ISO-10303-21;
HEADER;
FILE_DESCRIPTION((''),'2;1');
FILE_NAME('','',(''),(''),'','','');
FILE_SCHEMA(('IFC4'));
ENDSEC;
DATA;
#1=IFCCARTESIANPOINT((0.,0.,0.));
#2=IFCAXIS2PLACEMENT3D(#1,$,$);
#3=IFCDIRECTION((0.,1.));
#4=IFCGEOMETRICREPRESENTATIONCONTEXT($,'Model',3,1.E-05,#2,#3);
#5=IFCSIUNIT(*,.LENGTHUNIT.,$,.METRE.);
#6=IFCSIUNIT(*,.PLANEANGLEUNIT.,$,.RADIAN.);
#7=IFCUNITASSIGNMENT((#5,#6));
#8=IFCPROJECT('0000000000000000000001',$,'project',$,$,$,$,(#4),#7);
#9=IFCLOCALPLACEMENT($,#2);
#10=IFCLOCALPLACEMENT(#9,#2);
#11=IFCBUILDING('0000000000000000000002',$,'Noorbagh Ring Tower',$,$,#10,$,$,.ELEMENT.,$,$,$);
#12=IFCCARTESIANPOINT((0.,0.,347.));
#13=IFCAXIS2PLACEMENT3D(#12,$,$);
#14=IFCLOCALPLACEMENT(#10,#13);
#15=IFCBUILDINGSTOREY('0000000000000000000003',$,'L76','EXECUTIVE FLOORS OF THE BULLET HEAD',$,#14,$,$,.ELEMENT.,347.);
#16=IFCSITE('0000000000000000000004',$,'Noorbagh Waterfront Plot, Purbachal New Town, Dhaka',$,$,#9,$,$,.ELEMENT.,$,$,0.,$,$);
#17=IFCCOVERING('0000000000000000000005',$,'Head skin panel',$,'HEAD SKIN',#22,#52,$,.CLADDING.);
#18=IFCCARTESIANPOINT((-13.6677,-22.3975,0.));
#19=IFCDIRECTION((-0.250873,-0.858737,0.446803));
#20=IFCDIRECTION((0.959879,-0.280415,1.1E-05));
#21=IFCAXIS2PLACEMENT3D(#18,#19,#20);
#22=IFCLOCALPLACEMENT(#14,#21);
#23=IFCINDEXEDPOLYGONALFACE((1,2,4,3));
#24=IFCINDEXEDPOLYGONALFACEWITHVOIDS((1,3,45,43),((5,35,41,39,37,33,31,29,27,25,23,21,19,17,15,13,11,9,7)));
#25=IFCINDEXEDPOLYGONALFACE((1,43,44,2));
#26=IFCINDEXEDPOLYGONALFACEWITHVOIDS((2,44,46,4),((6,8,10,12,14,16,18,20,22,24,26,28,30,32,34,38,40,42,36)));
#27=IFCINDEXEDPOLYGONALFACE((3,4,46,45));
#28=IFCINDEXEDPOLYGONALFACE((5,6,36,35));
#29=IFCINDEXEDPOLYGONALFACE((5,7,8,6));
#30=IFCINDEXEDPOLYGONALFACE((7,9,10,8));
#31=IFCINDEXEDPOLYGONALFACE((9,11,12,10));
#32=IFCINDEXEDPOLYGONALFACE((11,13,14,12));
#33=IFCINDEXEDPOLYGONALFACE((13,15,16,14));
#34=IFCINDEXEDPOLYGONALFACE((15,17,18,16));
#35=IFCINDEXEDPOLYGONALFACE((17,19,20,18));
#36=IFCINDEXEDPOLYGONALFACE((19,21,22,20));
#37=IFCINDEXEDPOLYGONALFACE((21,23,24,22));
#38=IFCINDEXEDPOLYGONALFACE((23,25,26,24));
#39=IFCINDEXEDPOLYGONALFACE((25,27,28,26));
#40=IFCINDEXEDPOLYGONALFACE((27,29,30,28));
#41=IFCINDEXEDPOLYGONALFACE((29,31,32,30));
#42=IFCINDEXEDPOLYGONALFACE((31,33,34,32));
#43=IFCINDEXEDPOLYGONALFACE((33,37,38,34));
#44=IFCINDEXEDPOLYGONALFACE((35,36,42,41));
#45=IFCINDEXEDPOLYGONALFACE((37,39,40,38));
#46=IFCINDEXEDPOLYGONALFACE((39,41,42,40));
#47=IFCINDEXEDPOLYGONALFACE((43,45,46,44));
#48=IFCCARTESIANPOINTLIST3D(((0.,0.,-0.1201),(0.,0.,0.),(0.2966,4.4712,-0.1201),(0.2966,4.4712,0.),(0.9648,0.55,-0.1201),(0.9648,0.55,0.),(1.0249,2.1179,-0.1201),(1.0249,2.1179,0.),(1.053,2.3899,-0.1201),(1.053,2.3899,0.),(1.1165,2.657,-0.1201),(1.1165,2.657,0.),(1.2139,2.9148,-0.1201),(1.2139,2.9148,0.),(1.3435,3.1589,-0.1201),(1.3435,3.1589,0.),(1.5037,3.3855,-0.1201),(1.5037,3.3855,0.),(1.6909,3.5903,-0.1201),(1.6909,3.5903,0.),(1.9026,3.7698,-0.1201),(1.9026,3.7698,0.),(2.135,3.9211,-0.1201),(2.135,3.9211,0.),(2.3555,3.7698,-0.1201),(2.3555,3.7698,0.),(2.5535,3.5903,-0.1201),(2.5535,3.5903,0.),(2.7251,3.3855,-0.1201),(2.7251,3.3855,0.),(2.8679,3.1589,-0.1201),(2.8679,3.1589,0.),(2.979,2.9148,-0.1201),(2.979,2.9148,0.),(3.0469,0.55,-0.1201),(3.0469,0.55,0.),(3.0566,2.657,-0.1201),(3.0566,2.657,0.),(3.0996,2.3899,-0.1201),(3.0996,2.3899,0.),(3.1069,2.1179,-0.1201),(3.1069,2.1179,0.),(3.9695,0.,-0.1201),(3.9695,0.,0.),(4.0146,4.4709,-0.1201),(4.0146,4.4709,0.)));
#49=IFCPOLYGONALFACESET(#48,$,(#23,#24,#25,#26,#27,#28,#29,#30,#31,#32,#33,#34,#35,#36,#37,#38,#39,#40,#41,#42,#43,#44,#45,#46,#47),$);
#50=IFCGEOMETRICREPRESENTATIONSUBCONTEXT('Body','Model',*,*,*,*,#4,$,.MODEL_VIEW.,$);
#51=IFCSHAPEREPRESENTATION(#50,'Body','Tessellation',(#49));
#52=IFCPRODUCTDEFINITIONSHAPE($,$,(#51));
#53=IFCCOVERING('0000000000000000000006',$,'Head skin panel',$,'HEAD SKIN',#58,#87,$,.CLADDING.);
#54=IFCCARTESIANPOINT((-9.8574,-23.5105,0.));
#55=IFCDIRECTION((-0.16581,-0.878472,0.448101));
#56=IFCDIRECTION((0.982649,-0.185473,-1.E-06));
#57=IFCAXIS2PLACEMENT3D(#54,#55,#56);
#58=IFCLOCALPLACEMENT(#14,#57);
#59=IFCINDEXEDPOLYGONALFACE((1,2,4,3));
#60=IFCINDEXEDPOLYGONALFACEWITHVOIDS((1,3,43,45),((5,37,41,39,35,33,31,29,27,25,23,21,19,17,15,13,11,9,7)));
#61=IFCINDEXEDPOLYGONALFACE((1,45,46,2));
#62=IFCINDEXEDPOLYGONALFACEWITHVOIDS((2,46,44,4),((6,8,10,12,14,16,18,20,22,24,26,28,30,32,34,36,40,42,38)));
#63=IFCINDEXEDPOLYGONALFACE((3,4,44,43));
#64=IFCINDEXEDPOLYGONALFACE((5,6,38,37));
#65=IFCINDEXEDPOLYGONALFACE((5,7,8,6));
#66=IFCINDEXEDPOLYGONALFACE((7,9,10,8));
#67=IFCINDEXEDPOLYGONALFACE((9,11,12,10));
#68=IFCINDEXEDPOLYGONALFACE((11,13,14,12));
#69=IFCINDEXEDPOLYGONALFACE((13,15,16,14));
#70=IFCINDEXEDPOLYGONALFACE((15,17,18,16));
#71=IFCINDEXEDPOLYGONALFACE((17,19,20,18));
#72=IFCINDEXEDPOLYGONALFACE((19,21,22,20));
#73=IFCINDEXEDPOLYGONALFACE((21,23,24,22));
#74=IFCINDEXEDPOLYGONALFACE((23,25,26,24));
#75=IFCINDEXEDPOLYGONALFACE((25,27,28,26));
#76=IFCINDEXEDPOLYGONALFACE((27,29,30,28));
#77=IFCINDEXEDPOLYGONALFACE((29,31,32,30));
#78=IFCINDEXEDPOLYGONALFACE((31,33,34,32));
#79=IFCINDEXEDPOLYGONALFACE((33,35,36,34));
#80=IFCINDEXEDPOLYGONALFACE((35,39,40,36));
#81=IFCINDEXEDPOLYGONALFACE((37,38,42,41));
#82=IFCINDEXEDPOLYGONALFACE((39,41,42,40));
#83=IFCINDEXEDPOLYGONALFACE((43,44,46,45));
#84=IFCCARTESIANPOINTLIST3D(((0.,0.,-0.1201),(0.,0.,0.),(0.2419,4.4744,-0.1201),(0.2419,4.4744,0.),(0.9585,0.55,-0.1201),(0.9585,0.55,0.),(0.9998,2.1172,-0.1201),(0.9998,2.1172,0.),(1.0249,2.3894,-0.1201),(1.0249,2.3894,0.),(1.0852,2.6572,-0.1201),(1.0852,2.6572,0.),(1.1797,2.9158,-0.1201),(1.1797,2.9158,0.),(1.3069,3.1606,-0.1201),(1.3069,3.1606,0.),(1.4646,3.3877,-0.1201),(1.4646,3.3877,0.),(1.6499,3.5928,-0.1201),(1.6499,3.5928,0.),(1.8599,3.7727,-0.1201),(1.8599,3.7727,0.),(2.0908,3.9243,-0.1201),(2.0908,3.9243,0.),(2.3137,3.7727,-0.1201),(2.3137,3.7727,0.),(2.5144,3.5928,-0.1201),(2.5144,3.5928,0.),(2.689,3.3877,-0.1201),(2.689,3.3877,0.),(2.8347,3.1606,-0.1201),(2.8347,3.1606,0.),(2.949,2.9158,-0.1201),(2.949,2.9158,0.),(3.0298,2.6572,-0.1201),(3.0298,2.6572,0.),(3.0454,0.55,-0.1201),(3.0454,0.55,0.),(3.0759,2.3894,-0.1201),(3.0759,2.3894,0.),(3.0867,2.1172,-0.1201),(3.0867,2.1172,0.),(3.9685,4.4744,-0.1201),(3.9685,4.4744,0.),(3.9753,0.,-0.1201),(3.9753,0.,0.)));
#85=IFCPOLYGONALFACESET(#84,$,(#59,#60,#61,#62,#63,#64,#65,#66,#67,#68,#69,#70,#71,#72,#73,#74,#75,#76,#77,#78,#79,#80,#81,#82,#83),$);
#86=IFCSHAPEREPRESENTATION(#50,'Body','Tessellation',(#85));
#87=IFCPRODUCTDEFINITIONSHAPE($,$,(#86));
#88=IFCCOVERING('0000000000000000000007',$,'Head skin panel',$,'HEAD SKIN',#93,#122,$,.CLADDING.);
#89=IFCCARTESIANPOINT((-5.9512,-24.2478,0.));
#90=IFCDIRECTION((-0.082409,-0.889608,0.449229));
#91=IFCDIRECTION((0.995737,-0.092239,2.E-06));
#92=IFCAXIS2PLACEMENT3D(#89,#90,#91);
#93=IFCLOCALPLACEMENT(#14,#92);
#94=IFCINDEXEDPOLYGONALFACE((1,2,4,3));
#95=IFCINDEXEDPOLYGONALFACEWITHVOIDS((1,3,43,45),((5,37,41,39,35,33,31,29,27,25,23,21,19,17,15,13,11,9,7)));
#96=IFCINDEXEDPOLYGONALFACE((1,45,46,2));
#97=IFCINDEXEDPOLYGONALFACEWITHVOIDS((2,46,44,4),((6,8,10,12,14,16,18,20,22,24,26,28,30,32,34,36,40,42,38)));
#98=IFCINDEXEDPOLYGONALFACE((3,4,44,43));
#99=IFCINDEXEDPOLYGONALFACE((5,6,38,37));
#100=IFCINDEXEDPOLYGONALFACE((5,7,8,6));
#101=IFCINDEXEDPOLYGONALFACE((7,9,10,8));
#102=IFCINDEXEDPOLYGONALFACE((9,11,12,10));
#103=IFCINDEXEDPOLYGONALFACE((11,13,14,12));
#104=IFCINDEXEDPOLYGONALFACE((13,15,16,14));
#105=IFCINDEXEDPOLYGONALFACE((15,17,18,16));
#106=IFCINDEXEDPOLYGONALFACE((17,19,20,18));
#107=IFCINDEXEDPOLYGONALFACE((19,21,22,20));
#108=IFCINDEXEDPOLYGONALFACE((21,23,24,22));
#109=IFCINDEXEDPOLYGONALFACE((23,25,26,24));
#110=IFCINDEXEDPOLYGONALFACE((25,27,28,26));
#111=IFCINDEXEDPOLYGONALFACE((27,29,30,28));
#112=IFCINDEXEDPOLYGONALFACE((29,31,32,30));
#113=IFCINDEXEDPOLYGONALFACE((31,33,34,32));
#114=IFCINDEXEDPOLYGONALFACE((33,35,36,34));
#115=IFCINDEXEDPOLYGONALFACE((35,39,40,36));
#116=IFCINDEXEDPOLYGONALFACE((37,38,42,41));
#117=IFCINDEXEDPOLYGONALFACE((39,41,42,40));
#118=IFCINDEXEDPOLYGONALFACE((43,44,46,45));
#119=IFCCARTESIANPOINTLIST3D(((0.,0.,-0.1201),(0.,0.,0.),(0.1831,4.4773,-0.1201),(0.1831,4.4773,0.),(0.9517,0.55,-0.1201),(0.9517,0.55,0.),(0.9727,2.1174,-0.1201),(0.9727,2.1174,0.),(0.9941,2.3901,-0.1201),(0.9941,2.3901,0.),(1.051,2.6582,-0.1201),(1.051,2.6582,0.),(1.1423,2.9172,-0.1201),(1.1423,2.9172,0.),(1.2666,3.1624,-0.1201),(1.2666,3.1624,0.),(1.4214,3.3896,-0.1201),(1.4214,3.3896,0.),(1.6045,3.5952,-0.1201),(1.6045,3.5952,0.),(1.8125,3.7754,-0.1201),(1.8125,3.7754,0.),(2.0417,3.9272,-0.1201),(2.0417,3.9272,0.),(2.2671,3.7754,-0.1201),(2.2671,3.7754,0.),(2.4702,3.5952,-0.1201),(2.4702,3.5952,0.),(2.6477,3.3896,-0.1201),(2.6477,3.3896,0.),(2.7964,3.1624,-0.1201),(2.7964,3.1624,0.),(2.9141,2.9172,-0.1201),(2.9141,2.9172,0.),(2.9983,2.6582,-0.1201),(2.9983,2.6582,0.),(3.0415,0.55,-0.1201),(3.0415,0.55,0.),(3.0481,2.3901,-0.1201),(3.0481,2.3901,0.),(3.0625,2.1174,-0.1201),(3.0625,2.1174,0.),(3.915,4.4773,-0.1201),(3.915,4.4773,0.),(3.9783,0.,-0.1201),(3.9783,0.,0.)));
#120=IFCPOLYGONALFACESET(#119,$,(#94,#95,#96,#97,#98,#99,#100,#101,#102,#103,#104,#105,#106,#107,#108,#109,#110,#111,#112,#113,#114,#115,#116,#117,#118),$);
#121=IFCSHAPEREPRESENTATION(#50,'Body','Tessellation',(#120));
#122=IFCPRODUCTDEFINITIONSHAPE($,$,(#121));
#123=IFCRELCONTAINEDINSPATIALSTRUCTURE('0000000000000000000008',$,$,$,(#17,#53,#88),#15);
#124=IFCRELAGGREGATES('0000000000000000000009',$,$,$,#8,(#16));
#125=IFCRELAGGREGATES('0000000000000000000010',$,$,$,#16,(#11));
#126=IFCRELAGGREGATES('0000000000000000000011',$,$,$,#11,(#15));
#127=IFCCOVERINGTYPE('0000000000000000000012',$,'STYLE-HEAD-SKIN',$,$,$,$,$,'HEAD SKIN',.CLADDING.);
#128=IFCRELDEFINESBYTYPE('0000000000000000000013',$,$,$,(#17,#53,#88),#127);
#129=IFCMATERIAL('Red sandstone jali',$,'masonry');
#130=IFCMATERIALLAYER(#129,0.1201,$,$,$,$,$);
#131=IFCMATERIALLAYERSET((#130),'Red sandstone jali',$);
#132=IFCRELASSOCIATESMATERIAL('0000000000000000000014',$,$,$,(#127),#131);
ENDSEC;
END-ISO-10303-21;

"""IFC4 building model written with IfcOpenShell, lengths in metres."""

from ifc_helpers import new_model, si_unit, direction, frame, origin, place, context, subcontext, project, spatial, polyline, outline, extrude, material, layer, layer_set, type_object, element, save


model = new_model("IFC4")

# Units and contexts
model_context = context("Model", 3, precision=1e-05, world=origin(), true_north=direction((0.0, 1.0)))
body_context = subcontext(model_context, "Body", "Model", "MODEL_VIEW")
ifc_project = project(units=[si_unit("LENGTHUNIT", "METRE"), si_unit("PLANEANGLEUNIT", "RADIAN")], contexts=[model_context])

# Site, building, storey
site_placement = place(None, origin())
site = spatial("IfcSite", under=ifc_project, at=site_placement, Name="Noorbagh Waterfront Plot, Purbachal New Town, Dhaka", CompositionType="ELEMENT", RefElevation=0.0)
building_placement = place(site_placement, origin())
building = spatial("IfcBuilding", under=site, at=building_placement, Name="Noorbagh Ring Tower", CompositionType="ELEMENT")
storey_placement = place(building_placement, frame((0.0, 0.0, 347.0)))
storey = spatial("IfcBuildingStorey", under=building, at=storey_placement, Name="L76", Description="EXECUTIVE FLOORS OF THE BULLET HEAD", CompositionType="ELEMENT", Elevation=347.0)

# Coverings
ifc_material_1 = material(Name="Red sandstone jali", Category="masonry")
ifc_layer_1 = layer(ifc_material_1, 0.1201)
ifc_layer_set_1 = layer_set([ifc_layer_1], Name="Red sandstone jali")
covering_type_1 = type_object("IfcCoveringType", Name="STYLE-HEAD-SKIN", ElementType="HEAD SKIN", PredefinedType="CLADDING", material=ifc_layer_set_1)
covering_1_placement = place(storey_placement, frame((-13.6677, -22.3975, 0.0), z_axis=(-0.250873, -0.858737, 0.446803), x_axis=(0.959879, -0.280415, 0.000011)))
element("IfcCovering", 1, at=covering_1_placement, inside=storey, type_object=covering_type_1, Name="Head skin panel", ObjectType="HEAD SKIN", PredefinedType="CLADDING", context=body_context, shape_type="SweptSolid", body=[
    extrude(outline(polyline([(0.0, 0.0), (3.9695, 0.0), (4.0146, 4.4709), (0.2966, 4.4712), (0.0, 0.0)]), holes=[polyline([(0.9648, 0.55), (1.0249, 2.1179), (1.053, 2.3899), (1.1165, 2.657), (1.2139, 2.9148), (1.3435, 3.1589), (1.5037, 3.3855), (1.6909, 3.5903), (1.9026, 3.7698), (2.135, 3.9211), (2.3555, 3.7698), (2.5535, 3.5903), (2.7251, 3.3855), (2.8679, 3.1589), (2.979, 2.9148), (3.0566, 2.657), (3.0996, 2.3899), (3.1069, 2.1179), (3.0469, 0.55), (0.9648, 0.55)])]), origin(), (0.0, 0.0, -1.0), 0.1201),
])
covering_2_placement = place(storey_placement, frame((-9.8574, -23.5105, 0.0), z_axis=(-0.16581, -0.878472, 0.448101), x_axis=(0.982649, -0.185473, -0.000001)))
element("IfcCovering", 2, at=covering_2_placement, inside=storey, type_object=covering_type_1, Name="Head skin panel", ObjectType="HEAD SKIN", PredefinedType="CLADDING", context=body_context, shape_type="SweptSolid", body=[
    extrude(outline(polyline([(0.0, 0.0), (3.9753, 0.0), (3.9685, 4.4744), (0.2419, 4.4744), (0.0, 0.0)]), holes=[polyline([(0.9585, 0.55), (0.9998, 2.1172), (1.0249, 2.3894), (1.0852, 2.6572), (1.1797, 2.9158), (1.3069, 3.1606), (1.4646, 3.3877), (1.6499, 3.5928), (1.8599, 3.7727), (2.0908, 3.9243), (2.3137, 3.7727), (2.5144, 3.5928), (2.689, 3.3877), (2.8347, 3.1606), (2.949, 2.9158), (3.0298, 2.6572), (3.0759, 2.3894), (3.0867, 2.1172), (3.0454, 0.55), (0.9585, 0.55)])]), origin(), (0.0, 0.0, -1.0), 0.1201),
])
covering_3_placement = place(storey_placement, frame((-5.9512, -24.2478, 0.0), z_axis=(-0.082409, -0.889608, 0.449229), x_axis=(0.995737, -0.092239, 0.000002)))
element("IfcCovering", 3, at=covering_3_placement, inside=storey, type_object=covering_type_1, Name="Head skin panel", ObjectType="HEAD SKIN", PredefinedType="CLADDING", context=body_context, shape_type="SweptSolid", body=[
    extrude(outline(polyline([(0.0, 0.0), (3.9783, 0.0), (3.915, 4.4773), (0.1831, 4.4773), (0.0, 0.0)]), holes=[polyline([(0.9517, 0.55), (0.9727, 2.1174), (0.9941, 2.3901), (1.051, 2.6582), (1.1423, 2.9172), (1.2666, 3.1624), (1.4214, 3.3896), (1.6045, 3.5952), (1.8125, 3.7754), (2.0417, 3.9272), (2.2671, 3.7754), (2.4702, 3.5952), (2.6477, 3.3896), (2.7964, 3.1624), (2.9141, 2.9172), (2.9983, 2.6582), (3.0481, 2.3901), (3.0625, 2.1174), (3.0415, 0.55), (0.9517, 0.55)])]), origin(), (0.0, 0.0, -1.0), 0.1201),
])

save(model, "model.ifc")
